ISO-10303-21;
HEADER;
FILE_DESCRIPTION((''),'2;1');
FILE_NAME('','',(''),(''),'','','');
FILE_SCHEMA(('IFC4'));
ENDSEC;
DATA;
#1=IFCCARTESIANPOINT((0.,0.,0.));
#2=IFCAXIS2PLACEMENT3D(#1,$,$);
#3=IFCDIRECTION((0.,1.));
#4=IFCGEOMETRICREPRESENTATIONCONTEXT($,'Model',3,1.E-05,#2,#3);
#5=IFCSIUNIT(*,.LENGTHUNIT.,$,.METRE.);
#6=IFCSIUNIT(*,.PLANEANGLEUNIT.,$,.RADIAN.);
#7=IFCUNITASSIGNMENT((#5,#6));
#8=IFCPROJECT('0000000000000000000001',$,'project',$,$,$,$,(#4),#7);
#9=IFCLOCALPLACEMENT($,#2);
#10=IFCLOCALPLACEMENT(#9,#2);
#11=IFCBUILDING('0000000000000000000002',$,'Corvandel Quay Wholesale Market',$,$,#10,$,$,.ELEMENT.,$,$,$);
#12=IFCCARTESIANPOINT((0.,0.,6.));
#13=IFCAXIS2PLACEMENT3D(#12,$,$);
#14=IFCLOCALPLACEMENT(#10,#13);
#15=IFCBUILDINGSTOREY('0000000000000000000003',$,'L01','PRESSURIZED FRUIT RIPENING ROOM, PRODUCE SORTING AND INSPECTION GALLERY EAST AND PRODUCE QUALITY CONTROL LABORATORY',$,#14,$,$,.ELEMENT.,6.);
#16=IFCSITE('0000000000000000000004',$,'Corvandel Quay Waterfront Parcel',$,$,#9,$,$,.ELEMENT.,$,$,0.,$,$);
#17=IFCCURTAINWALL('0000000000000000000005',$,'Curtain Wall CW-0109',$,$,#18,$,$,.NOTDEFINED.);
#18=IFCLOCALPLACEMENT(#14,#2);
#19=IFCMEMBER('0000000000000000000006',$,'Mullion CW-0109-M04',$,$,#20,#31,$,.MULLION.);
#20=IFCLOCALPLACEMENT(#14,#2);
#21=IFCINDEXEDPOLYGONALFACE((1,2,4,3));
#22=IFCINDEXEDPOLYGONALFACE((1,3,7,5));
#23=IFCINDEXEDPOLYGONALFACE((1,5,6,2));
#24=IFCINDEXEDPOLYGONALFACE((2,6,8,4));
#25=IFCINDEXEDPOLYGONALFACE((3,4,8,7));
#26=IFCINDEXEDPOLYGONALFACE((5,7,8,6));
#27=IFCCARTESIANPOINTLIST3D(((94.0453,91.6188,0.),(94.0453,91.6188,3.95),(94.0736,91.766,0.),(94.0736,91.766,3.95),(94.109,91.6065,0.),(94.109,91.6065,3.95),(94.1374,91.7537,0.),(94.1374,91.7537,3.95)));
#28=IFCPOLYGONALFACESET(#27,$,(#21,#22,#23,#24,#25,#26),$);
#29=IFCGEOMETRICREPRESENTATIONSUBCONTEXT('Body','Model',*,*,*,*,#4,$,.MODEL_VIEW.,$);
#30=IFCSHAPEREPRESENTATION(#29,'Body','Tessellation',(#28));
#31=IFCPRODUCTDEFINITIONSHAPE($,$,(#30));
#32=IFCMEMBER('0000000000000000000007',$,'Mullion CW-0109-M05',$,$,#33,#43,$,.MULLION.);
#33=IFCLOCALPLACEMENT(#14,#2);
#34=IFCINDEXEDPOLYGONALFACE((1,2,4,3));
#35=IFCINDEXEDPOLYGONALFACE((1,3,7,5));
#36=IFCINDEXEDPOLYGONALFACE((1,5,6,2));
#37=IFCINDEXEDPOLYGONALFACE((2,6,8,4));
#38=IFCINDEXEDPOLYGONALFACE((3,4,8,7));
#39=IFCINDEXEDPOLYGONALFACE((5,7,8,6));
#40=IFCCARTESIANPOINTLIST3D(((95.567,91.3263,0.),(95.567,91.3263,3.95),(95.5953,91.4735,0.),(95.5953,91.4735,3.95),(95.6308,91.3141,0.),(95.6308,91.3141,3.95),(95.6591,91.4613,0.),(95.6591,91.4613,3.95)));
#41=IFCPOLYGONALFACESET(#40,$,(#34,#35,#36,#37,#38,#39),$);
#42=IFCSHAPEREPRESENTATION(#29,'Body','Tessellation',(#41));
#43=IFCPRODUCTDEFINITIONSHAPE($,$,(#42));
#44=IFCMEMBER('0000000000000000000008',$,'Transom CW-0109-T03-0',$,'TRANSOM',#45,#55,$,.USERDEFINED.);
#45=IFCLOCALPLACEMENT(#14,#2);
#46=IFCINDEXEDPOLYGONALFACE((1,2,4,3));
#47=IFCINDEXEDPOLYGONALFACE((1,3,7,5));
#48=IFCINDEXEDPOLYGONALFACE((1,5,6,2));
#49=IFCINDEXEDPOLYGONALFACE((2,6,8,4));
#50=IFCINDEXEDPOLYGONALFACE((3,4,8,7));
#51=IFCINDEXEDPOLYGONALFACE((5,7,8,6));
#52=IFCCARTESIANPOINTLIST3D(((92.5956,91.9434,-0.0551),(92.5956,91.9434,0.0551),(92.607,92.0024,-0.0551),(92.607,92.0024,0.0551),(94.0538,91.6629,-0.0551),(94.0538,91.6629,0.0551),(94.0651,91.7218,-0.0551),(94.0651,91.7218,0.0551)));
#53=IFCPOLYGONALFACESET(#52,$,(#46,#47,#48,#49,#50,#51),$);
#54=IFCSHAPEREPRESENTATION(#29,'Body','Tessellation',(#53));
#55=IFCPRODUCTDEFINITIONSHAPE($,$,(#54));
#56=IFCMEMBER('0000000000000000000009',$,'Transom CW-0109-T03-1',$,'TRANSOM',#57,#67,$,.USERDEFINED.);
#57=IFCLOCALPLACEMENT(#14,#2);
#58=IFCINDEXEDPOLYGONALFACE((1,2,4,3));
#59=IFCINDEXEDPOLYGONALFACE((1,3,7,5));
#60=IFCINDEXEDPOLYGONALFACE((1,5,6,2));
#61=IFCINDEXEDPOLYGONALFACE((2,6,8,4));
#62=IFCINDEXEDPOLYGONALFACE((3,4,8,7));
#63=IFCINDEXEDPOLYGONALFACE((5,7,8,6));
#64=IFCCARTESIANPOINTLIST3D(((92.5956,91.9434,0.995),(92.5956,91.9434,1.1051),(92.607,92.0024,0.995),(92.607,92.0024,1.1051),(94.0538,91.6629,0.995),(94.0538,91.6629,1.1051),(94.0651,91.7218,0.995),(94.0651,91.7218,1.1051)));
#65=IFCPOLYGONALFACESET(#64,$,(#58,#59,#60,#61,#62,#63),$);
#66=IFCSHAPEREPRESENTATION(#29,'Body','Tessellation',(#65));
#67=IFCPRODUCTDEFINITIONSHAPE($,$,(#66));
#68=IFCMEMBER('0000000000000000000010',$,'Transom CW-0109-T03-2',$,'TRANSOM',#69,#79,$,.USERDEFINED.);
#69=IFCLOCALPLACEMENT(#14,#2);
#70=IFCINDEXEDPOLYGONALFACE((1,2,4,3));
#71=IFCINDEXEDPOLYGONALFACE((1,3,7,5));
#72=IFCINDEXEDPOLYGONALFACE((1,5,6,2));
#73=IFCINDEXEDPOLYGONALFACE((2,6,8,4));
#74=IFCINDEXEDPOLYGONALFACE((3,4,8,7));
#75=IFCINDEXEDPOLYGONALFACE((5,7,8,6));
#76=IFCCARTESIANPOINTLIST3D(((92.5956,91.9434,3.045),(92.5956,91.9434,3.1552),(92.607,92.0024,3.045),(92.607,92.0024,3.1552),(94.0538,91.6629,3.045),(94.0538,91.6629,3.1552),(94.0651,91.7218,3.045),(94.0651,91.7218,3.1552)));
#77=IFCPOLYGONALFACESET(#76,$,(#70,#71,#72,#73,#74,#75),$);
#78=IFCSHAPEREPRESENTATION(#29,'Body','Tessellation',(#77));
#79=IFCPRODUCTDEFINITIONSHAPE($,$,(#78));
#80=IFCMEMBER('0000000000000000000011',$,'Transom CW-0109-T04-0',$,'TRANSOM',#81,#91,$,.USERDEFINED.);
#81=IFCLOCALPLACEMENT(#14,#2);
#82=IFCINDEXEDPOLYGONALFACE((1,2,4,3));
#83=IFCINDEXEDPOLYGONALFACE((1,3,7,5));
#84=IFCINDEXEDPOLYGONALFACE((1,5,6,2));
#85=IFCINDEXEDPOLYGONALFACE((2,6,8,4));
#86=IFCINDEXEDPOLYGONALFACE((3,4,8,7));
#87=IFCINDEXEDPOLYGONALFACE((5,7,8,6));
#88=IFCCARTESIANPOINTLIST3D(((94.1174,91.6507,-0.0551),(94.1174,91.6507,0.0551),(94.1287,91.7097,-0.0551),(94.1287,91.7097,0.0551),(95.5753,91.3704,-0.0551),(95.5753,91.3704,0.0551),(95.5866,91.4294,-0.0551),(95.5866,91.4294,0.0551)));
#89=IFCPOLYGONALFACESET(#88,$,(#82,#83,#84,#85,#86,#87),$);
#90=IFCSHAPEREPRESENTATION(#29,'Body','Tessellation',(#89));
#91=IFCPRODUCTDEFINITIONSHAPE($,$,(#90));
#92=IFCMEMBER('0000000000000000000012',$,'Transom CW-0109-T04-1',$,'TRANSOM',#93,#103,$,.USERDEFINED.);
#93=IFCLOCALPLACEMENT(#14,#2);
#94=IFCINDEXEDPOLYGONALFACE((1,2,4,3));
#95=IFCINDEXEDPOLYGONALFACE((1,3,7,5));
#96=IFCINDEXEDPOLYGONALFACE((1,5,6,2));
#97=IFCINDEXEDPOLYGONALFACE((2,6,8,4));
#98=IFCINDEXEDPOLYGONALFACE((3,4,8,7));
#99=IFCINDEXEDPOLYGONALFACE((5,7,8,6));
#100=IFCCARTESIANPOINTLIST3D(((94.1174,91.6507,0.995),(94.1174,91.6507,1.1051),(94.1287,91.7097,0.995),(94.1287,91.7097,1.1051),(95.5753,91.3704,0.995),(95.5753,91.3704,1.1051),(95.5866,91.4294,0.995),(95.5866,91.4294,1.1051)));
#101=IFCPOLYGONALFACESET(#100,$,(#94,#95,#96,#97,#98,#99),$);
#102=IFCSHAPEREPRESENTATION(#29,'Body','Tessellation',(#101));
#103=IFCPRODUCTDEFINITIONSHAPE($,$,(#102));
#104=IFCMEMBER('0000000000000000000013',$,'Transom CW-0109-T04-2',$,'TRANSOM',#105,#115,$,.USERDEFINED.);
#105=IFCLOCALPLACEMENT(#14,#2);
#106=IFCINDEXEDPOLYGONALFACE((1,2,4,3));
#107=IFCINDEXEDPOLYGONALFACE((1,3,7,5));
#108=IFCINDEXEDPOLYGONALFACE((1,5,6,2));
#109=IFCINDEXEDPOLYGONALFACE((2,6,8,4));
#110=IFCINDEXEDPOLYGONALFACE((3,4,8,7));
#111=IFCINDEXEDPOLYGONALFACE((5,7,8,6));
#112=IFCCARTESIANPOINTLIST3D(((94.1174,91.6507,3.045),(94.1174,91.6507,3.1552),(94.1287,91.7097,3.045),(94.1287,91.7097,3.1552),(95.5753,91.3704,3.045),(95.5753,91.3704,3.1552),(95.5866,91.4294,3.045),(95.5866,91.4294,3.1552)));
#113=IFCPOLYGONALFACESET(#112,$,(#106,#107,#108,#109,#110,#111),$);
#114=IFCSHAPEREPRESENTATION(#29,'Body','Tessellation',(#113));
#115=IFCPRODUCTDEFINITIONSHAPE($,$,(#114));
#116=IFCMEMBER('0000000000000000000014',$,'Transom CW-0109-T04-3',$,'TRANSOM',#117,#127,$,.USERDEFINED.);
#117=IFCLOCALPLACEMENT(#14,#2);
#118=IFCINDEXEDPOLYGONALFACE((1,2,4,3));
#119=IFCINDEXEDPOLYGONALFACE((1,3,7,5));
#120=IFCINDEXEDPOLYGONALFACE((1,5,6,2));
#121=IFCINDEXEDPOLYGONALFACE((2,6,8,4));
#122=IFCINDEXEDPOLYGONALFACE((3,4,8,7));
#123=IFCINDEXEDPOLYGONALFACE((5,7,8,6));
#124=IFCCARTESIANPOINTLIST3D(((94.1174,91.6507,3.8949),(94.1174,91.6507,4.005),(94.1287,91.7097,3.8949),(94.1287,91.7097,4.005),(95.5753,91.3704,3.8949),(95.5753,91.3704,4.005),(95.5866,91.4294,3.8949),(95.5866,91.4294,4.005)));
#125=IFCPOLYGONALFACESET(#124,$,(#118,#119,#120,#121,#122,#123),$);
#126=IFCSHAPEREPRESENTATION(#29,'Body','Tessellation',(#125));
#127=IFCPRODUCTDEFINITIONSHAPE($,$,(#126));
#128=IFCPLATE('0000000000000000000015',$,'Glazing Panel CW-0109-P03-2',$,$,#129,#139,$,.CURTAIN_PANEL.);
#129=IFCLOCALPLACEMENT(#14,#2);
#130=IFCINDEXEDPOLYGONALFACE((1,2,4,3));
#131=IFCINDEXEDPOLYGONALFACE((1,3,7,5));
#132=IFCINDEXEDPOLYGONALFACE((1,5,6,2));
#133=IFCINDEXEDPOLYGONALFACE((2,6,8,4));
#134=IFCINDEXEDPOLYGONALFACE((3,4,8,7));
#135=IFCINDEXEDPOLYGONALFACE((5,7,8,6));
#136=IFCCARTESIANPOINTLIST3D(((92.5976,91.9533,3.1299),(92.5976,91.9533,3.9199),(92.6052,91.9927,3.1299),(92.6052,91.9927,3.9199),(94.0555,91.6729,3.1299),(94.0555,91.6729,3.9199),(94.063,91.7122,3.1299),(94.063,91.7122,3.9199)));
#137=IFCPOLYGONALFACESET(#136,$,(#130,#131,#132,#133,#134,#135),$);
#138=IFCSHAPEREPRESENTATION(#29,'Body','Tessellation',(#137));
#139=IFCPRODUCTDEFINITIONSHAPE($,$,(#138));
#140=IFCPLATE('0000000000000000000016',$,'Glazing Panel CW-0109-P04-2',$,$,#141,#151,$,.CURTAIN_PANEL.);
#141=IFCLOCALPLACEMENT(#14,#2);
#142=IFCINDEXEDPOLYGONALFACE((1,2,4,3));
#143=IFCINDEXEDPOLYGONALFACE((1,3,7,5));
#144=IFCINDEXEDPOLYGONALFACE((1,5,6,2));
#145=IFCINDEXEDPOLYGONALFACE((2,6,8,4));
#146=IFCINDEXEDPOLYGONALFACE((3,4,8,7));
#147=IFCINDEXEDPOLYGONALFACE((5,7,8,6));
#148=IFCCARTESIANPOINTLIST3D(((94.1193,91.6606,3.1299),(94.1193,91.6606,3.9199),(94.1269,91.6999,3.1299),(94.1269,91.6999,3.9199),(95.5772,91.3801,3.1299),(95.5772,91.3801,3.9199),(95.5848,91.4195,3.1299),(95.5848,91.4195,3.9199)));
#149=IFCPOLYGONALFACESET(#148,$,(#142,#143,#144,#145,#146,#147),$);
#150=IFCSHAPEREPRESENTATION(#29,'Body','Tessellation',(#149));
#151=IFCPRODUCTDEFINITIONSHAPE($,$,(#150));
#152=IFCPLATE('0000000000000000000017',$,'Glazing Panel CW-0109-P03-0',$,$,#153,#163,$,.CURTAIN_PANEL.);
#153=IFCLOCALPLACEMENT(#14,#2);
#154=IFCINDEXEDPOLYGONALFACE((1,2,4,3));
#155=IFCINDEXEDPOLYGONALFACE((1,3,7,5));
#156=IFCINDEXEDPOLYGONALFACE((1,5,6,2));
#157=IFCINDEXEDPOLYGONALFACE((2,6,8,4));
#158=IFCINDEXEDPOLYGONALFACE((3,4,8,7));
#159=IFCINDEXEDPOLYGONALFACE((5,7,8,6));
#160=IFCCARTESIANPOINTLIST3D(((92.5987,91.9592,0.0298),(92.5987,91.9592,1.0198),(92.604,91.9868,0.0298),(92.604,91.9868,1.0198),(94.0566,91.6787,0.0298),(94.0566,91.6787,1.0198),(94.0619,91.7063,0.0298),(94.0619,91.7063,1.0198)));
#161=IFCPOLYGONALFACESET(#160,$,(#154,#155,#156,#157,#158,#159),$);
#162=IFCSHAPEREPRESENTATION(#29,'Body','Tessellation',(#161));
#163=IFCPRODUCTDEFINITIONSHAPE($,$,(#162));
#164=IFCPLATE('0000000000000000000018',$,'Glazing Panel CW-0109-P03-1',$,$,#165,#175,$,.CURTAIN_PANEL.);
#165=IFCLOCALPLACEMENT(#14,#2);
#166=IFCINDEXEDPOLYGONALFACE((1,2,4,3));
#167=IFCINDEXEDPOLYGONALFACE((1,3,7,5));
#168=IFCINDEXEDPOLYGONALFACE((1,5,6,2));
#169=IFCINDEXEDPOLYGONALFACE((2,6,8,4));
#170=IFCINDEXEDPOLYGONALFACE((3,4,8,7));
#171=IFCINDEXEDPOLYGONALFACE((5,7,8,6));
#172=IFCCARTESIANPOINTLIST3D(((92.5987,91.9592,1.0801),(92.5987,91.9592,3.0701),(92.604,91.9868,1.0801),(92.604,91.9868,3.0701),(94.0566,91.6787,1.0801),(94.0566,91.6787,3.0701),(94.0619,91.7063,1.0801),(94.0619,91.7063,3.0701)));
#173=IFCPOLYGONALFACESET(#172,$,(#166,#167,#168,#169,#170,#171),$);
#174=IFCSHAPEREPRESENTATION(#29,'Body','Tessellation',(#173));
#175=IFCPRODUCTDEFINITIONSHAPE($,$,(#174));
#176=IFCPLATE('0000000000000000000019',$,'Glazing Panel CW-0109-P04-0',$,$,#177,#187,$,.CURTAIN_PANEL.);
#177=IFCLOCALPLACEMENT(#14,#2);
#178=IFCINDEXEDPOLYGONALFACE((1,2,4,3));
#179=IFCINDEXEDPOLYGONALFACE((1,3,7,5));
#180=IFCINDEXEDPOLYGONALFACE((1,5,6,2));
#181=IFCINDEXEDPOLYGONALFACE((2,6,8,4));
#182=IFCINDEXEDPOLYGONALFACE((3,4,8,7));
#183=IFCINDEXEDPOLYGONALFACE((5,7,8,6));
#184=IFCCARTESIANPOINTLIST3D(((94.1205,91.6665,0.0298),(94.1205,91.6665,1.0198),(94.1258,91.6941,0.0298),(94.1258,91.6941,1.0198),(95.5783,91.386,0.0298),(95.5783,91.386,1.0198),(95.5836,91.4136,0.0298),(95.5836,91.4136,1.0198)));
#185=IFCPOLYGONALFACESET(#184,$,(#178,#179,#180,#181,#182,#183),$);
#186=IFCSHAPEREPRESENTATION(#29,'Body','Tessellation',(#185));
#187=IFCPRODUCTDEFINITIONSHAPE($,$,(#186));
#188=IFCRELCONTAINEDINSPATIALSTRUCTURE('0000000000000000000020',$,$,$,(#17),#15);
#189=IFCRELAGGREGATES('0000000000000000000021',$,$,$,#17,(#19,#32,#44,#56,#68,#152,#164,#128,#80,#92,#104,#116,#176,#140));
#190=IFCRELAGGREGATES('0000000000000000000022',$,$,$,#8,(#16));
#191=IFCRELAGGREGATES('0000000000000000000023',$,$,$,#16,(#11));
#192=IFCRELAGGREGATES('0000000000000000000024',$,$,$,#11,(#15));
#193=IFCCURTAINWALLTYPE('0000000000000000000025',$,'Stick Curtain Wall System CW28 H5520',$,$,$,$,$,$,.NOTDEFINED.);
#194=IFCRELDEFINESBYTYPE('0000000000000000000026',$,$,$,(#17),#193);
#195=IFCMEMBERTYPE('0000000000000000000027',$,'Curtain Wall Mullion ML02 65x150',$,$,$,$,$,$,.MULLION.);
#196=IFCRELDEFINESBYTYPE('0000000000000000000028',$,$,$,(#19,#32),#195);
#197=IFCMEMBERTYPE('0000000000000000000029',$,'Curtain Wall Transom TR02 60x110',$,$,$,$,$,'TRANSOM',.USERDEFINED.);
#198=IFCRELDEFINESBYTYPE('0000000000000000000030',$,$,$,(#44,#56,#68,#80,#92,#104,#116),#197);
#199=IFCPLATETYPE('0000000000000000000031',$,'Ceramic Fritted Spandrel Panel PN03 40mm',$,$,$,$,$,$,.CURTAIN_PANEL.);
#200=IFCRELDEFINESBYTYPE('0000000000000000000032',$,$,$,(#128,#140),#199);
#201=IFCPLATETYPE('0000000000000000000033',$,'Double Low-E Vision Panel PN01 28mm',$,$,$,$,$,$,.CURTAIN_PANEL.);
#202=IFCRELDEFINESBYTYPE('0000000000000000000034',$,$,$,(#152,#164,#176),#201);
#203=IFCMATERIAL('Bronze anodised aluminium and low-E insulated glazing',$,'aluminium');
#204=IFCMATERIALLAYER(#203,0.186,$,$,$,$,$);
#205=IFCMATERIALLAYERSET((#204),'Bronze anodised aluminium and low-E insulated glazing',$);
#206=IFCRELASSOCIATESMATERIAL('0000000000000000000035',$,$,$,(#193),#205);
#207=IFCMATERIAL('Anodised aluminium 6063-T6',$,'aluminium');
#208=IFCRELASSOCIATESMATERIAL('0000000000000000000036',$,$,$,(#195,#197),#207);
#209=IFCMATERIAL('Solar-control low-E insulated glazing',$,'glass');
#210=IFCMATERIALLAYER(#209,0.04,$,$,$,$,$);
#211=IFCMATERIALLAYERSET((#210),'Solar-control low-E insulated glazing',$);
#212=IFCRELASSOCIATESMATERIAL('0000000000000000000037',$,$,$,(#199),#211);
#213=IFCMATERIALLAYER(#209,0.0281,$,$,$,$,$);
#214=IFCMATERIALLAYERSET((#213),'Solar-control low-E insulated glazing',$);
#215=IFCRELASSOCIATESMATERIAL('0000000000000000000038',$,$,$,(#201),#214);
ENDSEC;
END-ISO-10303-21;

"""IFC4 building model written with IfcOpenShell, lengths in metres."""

from ifc_helpers import new_model, si_unit, direction, frame, origin, origin_2d, place, context, subcontext, project, spatial, rectangle, extrude, material, layer, layer_set, material_profile, profile_set, type_object, element, aggregate, save


model = new_model("IFC4")

# Units and contexts
model_context = context("Model", 3, precision=1e-05, world=origin(), true_north=direction((0.0, 1.0)))
body_context = subcontext(model_context, "Body", "Model", "MODEL_VIEW")
ifc_project = project(units=[si_unit("LENGTHUNIT", "METRE"), si_unit("PLANEANGLEUNIT", "RADIAN")], contexts=[model_context])

# Site, building, storey
site_placement = place(None, origin())
site = spatial("IfcSite", under=ifc_project, at=site_placement, Name="Corvandel Quay Waterfront Parcel", CompositionType="ELEMENT", RefElevation=0.0)
building_placement = place(site_placement, origin())
building = spatial("IfcBuilding", under=site, at=building_placement, Name="Corvandel Quay Wholesale Market", CompositionType="ELEMENT")
storey_placement = place(building_placement, frame((0.0, 0.0, 6.0)))
storey = spatial("IfcBuildingStorey", under=building, at=storey_placement, Name="L01", Description="PRESSURIZED FRUIT RIPENING ROOM, PRODUCE SORTING AND INSPECTION GALLERY EAST AND PRODUCE QUALITY CONTROL LABORATORY", CompositionType="ELEMENT", Elevation=6.0)

# Curtain wall, members, plates
ifc_material_1 = material(Name="Bronze anodised aluminium and low-E insulated glazing", Category="aluminium")
ifc_layer_1 = layer(ifc_material_1, 0.186)
ifc_layer_set_1 = layer_set([ifc_layer_1], Name="Bronze anodised aluminium and low-E insulated glazing")
curtain_wall_type = type_object("IfcCurtainWallType", Name="Stick Curtain Wall System CW28 H5520", PredefinedType="NOTDEFINED", material=ifc_layer_set_1)
curtain_wall_placement = place(storey_placement, origin())
curtain_wall = element("IfcCurtainWall", 1, at=curtain_wall_placement, inside=storey, type_object=curtain_wall_type, Name="Curtain Wall CW-0109", PredefinedType="NOTDEFINED")
ifc_material_2 = material(Name="Anodised aluminium 6063-T6", Category="aluminium")
ifc_material_profile_1 = material_profile(ifc_material_2, rectangle(XDim=0.0649, YDim=0.1499, at=origin_2d()), Name="ALU-MUL-65x150")
ifc_profile_set_1 = profile_set([ifc_material_profile_1], Name="Anodised aluminium 6063-T6")
member_type_1 = type_object("IfcMemberType", Name="Curtain Wall Mullion ML02 65x150", PredefinedType="MULLION", material=ifc_profile_set_1)
member_1_placement = place(storey_placement, frame((94.0913, 91.6863, 0.0), z_axis=(0.0, 0.0, 1.0), x_axis=(-0.981992, 0.188924, 0.0)))
member_1 = element("IfcMember", 2, at=member_1_placement, type_object=member_type_1, Name="Mullion CW-0109-M04", PredefinedType="MULLION", context=body_context, shape_type="SweptSolid", body=[
    extrude(rectangle(XDim=0.0649, YDim=0.1499, at=origin_2d()), origin(), (0.0, 0.0, 1.0), 3.95),
])
member_2_placement = place(storey_placement, frame((95.613, 91.3938, 0.0), z_axis=(0.0, 0.0, 1.0), x_axis=(-0.981992, 0.188924, 0.0)))
member_2 = element("IfcMember", 3, at=member_2_placement, type_object=member_type_1, Name="Mullion CW-0109-M05", PredefinedType="MULLION", context=body_context, shape_type="SweptSolid", body=[
    extrude(rectangle(XDim=0.0649, YDim=0.1499, at=origin_2d()), origin(), (0.0, 0.0, 1.0), 3.95),
])
ifc_material_profile_2 = material_profile(ifc_material_2, rectangle(XDim=0.0601, YDim=0.1101, at=origin_2d()), Name="ALU-TRN-60x110")
ifc_profile_set_2 = profile_set([ifc_material_profile_2], Name="Anodised aluminium 6063-T6")
member_type_2 = type_object("IfcMemberType", Name="Curtain Wall Transom TR02 60x110", ElementType="TRANSOM", PredefinedType="USERDEFINED", material=ifc_profile_set_2)
member_3_placement = place(storey_placement, frame((92.6013, 91.9729, 0.0), z_axis=(0.98199, -0.188933, 0.0), x_axis=(0.188933, 0.98199, 0.0)))
member_3 = element("IfcMember", 4, at=member_3_placement, type_object=member_type_2, Name="Transom CW-0109-T03-0", ObjectType="TRANSOM", PredefinedType="USERDEFINED", context=body_context, shape_type="SweptSolid", body=[
    extrude(rectangle(XDim=0.0601, YDim=0.1101, at=origin_2d()), origin(), (0.0, 0.0, 1.0), 1.4849),
])
member_4_placement = place(storey_placement, frame((92.6013, 91.9729, 1.05), z_axis=(0.98199, -0.188933, 0.0), x_axis=(0.188933, 0.98199, 0.0)))
member_4 = element("IfcMember", 5, at=member_4_placement, type_object=member_type_2, Name="Transom CW-0109-T03-1", ObjectType="TRANSOM", PredefinedType="USERDEFINED", context=body_context, shape_type="SweptSolid", body=[
    extrude(rectangle(XDim=0.0601, YDim=0.1101, at=origin_2d()), origin(), (0.0, 0.0, 1.0), 1.4849),
])
member_5_placement = place(storey_placement, frame((92.6013, 91.9729, 3.1001), z_axis=(0.98199, -0.188933, 0.0), x_axis=(0.188933, 0.98199, 0.0)))
member_5 = element("IfcMember", 6, at=member_5_placement, type_object=member_type_2, Name="Transom CW-0109-T03-2", ObjectType="TRANSOM", PredefinedType="USERDEFINED", context=body_context, shape_type="SweptSolid", body=[
    extrude(rectangle(XDim=0.0601, YDim=0.1101, at=origin_2d()), origin(), (0.0, 0.0, 1.0), 1.4849),
])
member_6_placement = place(storey_placement, frame((94.123, 91.6802, 0.0), z_axis=(0.982021, -0.188774, 0.0), x_axis=(0.188774, 0.982021, 0.0)))
member_6 = element("IfcMember", 7, at=member_6_placement, type_object=member_type_2, Name="Transom CW-0109-T04-0", ObjectType="TRANSOM", PredefinedType="USERDEFINED", context=body_context, shape_type="SweptSolid", body=[
    extrude(rectangle(XDim=0.0601, YDim=0.1101, at=origin_2d()), origin(), (0.0, 0.0, 1.0), 1.4846),
])
member_7_placement = place(storey_placement, frame((94.123, 91.6802, 1.05), z_axis=(0.982021, -0.188774, 0.0), x_axis=(0.188774, 0.982021, 0.0)))
member_7 = element("IfcMember", 8, at=member_7_placement, type_object=member_type_2, Name="Transom CW-0109-T04-1", ObjectType="TRANSOM", PredefinedType="USERDEFINED", context=body_context, shape_type="SweptSolid", body=[
    extrude(rectangle(XDim=0.0601, YDim=0.1101, at=origin_2d()), origin(), (0.0, 0.0, 1.0), 1.4846),
])
member_8_placement = place(storey_placement, frame((94.123, 91.6802, 3.1001), z_axis=(0.982021, -0.188774, 0.0), x_axis=(0.188774, 0.982021, 0.0)))
member_8 = element("IfcMember", 9, at=member_8_placement, type_object=member_type_2, Name="Transom CW-0109-T04-2", ObjectType="TRANSOM", PredefinedType="USERDEFINED", context=body_context, shape_type="SweptSolid", body=[
    extrude(rectangle(XDim=0.0601, YDim=0.1101, at=origin_2d()), origin(), (0.0, 0.0, 1.0), 1.4846),
])
member_9_placement = place(storey_placement, frame((94.123, 91.6802, 3.95), z_axis=(0.982021, -0.188774, 0.0), x_axis=(0.188774, 0.982021, 0.0)))
member_9 = element("IfcMember", 10, at=member_9_placement, type_object=member_type_2, Name="Transom CW-0109-T04-3", ObjectType="TRANSOM", PredefinedType="USERDEFINED", context=body_context, shape_type="SweptSolid", body=[
    extrude(rectangle(XDim=0.0601, YDim=0.1101, at=origin_2d()), origin(), (0.0, 0.0, 1.0), 1.4846),
])
ifc_material_3 = material(Name="Solar-control low-E insulated glazing", Category="glass")
ifc_layer_2 = layer(ifc_material_3, 0.04)
ifc_layer_set_2 = layer_set([ifc_layer_2], Name="Solar-control low-E insulated glazing")
plate_type_1 = type_object("IfcPlateType", Name="Ceramic Fritted Spandrel Panel PN03 40mm", PredefinedType="CURTAIN_PANEL", material=ifc_layer_set_2)
plate_1_placement = place(storey_placement, frame((93.3303, 91.8328, 3.1299), z_axis=(0.0, 0.0, 1.0), x_axis=(-0.981992, 0.188924, 0.0)))
plate_1 = element("IfcPlate", 11, at=plate_1_placement, type_object=plate_type_1, Name="Glazing Panel CW-0109-P03-2", PredefinedType="CURTAIN_PANEL", context=body_context, shape_type="SweptSolid", body=[
    extrude(rectangle(XDim=1.4846, YDim=0.04, at=origin_2d()), origin(), (0.0, 0.0, 1.0), 0.79),
])
plate_2_placement = place(storey_placement, frame((94.8521, 91.54, 3.1299), z_axis=(0.0, 0.0, 1.0), x_axis=(-0.981992, 0.188924, 0.0)))
plate_2 = element("IfcPlate", 12, at=plate_2_placement, type_object=plate_type_1, Name="Glazing Panel CW-0109-P04-2", PredefinedType="CURTAIN_PANEL", context=body_context, shape_type="SweptSolid", body=[
    extrude(rectangle(XDim=1.4846, YDim=0.04, at=origin_2d()), origin(), (0.0, 0.0, 1.0), 0.79),
])
ifc_layer_3 = layer(ifc_material_3, 0.0281)
ifc_layer_set_3 = layer_set([ifc_layer_3], Name="Solar-control low-E insulated glazing")
plate_type_2 = type_object("IfcPlateType", Name="Double Low-E Vision Panel PN01 28mm", PredefinedType="CURTAIN_PANEL", material=ifc_layer_set_3)
plate_3_placement = place(storey_placement, frame((93.3303, 91.8328, 0.0298), z_axis=(0.0, 0.0, 1.0), x_axis=(-0.981992, 0.188924, 0.0)))
plate_3 = element("IfcPlate", 13, at=plate_3_placement, type_object=plate_type_2, Name="Glazing Panel CW-0109-P03-0", PredefinedType="CURTAIN_PANEL", context=body_context, shape_type="SweptSolid", body=[
    extrude(rectangle(XDim=1.4846, YDim=0.0281, at=origin_2d()), origin(), (0.0, 0.0, 1.0), 0.99),
])
plate_4_placement = place(storey_placement, frame((93.3303, 91.8328, 1.0801), z_axis=(0.0, 0.0, 1.0), x_axis=(-0.981992, 0.188924, 0.0)))
plate_4 = element("IfcPlate", 14, at=plate_4_placement, type_object=plate_type_2, Name="Glazing Panel CW-0109-P03-1", PredefinedType="CURTAIN_PANEL", context=body_context, shape_type="SweptSolid", body=[
    extrude(rectangle(XDim=1.4846, YDim=0.0281, at=origin_2d()), origin(), (0.0, 0.0, 1.0), 1.99),
])
plate_5_placement = place(storey_placement, frame((94.8521, 91.54, 0.0298), z_axis=(0.0, 0.0, 1.0), x_axis=(-0.981992, 0.188924, 0.0)))
plate_5 = element("IfcPlate", 15, at=plate_5_placement, type_object=plate_type_2, Name="Glazing Panel CW-0109-P04-0", PredefinedType="CURTAIN_PANEL", context=body_context, shape_type="SweptSolid", body=[
    extrude(rectangle(XDim=1.4846, YDim=0.0281, at=origin_2d()), origin(), (0.0, 0.0, 1.0), 0.99),
])
aggregate(curtain_wall, [member_1, member_2, member_3, member_4, member_5, plate_3, plate_4, plate_1, member_6, member_7, member_8, member_9, plate_5, plate_2])

save(model, "model.ifc")
